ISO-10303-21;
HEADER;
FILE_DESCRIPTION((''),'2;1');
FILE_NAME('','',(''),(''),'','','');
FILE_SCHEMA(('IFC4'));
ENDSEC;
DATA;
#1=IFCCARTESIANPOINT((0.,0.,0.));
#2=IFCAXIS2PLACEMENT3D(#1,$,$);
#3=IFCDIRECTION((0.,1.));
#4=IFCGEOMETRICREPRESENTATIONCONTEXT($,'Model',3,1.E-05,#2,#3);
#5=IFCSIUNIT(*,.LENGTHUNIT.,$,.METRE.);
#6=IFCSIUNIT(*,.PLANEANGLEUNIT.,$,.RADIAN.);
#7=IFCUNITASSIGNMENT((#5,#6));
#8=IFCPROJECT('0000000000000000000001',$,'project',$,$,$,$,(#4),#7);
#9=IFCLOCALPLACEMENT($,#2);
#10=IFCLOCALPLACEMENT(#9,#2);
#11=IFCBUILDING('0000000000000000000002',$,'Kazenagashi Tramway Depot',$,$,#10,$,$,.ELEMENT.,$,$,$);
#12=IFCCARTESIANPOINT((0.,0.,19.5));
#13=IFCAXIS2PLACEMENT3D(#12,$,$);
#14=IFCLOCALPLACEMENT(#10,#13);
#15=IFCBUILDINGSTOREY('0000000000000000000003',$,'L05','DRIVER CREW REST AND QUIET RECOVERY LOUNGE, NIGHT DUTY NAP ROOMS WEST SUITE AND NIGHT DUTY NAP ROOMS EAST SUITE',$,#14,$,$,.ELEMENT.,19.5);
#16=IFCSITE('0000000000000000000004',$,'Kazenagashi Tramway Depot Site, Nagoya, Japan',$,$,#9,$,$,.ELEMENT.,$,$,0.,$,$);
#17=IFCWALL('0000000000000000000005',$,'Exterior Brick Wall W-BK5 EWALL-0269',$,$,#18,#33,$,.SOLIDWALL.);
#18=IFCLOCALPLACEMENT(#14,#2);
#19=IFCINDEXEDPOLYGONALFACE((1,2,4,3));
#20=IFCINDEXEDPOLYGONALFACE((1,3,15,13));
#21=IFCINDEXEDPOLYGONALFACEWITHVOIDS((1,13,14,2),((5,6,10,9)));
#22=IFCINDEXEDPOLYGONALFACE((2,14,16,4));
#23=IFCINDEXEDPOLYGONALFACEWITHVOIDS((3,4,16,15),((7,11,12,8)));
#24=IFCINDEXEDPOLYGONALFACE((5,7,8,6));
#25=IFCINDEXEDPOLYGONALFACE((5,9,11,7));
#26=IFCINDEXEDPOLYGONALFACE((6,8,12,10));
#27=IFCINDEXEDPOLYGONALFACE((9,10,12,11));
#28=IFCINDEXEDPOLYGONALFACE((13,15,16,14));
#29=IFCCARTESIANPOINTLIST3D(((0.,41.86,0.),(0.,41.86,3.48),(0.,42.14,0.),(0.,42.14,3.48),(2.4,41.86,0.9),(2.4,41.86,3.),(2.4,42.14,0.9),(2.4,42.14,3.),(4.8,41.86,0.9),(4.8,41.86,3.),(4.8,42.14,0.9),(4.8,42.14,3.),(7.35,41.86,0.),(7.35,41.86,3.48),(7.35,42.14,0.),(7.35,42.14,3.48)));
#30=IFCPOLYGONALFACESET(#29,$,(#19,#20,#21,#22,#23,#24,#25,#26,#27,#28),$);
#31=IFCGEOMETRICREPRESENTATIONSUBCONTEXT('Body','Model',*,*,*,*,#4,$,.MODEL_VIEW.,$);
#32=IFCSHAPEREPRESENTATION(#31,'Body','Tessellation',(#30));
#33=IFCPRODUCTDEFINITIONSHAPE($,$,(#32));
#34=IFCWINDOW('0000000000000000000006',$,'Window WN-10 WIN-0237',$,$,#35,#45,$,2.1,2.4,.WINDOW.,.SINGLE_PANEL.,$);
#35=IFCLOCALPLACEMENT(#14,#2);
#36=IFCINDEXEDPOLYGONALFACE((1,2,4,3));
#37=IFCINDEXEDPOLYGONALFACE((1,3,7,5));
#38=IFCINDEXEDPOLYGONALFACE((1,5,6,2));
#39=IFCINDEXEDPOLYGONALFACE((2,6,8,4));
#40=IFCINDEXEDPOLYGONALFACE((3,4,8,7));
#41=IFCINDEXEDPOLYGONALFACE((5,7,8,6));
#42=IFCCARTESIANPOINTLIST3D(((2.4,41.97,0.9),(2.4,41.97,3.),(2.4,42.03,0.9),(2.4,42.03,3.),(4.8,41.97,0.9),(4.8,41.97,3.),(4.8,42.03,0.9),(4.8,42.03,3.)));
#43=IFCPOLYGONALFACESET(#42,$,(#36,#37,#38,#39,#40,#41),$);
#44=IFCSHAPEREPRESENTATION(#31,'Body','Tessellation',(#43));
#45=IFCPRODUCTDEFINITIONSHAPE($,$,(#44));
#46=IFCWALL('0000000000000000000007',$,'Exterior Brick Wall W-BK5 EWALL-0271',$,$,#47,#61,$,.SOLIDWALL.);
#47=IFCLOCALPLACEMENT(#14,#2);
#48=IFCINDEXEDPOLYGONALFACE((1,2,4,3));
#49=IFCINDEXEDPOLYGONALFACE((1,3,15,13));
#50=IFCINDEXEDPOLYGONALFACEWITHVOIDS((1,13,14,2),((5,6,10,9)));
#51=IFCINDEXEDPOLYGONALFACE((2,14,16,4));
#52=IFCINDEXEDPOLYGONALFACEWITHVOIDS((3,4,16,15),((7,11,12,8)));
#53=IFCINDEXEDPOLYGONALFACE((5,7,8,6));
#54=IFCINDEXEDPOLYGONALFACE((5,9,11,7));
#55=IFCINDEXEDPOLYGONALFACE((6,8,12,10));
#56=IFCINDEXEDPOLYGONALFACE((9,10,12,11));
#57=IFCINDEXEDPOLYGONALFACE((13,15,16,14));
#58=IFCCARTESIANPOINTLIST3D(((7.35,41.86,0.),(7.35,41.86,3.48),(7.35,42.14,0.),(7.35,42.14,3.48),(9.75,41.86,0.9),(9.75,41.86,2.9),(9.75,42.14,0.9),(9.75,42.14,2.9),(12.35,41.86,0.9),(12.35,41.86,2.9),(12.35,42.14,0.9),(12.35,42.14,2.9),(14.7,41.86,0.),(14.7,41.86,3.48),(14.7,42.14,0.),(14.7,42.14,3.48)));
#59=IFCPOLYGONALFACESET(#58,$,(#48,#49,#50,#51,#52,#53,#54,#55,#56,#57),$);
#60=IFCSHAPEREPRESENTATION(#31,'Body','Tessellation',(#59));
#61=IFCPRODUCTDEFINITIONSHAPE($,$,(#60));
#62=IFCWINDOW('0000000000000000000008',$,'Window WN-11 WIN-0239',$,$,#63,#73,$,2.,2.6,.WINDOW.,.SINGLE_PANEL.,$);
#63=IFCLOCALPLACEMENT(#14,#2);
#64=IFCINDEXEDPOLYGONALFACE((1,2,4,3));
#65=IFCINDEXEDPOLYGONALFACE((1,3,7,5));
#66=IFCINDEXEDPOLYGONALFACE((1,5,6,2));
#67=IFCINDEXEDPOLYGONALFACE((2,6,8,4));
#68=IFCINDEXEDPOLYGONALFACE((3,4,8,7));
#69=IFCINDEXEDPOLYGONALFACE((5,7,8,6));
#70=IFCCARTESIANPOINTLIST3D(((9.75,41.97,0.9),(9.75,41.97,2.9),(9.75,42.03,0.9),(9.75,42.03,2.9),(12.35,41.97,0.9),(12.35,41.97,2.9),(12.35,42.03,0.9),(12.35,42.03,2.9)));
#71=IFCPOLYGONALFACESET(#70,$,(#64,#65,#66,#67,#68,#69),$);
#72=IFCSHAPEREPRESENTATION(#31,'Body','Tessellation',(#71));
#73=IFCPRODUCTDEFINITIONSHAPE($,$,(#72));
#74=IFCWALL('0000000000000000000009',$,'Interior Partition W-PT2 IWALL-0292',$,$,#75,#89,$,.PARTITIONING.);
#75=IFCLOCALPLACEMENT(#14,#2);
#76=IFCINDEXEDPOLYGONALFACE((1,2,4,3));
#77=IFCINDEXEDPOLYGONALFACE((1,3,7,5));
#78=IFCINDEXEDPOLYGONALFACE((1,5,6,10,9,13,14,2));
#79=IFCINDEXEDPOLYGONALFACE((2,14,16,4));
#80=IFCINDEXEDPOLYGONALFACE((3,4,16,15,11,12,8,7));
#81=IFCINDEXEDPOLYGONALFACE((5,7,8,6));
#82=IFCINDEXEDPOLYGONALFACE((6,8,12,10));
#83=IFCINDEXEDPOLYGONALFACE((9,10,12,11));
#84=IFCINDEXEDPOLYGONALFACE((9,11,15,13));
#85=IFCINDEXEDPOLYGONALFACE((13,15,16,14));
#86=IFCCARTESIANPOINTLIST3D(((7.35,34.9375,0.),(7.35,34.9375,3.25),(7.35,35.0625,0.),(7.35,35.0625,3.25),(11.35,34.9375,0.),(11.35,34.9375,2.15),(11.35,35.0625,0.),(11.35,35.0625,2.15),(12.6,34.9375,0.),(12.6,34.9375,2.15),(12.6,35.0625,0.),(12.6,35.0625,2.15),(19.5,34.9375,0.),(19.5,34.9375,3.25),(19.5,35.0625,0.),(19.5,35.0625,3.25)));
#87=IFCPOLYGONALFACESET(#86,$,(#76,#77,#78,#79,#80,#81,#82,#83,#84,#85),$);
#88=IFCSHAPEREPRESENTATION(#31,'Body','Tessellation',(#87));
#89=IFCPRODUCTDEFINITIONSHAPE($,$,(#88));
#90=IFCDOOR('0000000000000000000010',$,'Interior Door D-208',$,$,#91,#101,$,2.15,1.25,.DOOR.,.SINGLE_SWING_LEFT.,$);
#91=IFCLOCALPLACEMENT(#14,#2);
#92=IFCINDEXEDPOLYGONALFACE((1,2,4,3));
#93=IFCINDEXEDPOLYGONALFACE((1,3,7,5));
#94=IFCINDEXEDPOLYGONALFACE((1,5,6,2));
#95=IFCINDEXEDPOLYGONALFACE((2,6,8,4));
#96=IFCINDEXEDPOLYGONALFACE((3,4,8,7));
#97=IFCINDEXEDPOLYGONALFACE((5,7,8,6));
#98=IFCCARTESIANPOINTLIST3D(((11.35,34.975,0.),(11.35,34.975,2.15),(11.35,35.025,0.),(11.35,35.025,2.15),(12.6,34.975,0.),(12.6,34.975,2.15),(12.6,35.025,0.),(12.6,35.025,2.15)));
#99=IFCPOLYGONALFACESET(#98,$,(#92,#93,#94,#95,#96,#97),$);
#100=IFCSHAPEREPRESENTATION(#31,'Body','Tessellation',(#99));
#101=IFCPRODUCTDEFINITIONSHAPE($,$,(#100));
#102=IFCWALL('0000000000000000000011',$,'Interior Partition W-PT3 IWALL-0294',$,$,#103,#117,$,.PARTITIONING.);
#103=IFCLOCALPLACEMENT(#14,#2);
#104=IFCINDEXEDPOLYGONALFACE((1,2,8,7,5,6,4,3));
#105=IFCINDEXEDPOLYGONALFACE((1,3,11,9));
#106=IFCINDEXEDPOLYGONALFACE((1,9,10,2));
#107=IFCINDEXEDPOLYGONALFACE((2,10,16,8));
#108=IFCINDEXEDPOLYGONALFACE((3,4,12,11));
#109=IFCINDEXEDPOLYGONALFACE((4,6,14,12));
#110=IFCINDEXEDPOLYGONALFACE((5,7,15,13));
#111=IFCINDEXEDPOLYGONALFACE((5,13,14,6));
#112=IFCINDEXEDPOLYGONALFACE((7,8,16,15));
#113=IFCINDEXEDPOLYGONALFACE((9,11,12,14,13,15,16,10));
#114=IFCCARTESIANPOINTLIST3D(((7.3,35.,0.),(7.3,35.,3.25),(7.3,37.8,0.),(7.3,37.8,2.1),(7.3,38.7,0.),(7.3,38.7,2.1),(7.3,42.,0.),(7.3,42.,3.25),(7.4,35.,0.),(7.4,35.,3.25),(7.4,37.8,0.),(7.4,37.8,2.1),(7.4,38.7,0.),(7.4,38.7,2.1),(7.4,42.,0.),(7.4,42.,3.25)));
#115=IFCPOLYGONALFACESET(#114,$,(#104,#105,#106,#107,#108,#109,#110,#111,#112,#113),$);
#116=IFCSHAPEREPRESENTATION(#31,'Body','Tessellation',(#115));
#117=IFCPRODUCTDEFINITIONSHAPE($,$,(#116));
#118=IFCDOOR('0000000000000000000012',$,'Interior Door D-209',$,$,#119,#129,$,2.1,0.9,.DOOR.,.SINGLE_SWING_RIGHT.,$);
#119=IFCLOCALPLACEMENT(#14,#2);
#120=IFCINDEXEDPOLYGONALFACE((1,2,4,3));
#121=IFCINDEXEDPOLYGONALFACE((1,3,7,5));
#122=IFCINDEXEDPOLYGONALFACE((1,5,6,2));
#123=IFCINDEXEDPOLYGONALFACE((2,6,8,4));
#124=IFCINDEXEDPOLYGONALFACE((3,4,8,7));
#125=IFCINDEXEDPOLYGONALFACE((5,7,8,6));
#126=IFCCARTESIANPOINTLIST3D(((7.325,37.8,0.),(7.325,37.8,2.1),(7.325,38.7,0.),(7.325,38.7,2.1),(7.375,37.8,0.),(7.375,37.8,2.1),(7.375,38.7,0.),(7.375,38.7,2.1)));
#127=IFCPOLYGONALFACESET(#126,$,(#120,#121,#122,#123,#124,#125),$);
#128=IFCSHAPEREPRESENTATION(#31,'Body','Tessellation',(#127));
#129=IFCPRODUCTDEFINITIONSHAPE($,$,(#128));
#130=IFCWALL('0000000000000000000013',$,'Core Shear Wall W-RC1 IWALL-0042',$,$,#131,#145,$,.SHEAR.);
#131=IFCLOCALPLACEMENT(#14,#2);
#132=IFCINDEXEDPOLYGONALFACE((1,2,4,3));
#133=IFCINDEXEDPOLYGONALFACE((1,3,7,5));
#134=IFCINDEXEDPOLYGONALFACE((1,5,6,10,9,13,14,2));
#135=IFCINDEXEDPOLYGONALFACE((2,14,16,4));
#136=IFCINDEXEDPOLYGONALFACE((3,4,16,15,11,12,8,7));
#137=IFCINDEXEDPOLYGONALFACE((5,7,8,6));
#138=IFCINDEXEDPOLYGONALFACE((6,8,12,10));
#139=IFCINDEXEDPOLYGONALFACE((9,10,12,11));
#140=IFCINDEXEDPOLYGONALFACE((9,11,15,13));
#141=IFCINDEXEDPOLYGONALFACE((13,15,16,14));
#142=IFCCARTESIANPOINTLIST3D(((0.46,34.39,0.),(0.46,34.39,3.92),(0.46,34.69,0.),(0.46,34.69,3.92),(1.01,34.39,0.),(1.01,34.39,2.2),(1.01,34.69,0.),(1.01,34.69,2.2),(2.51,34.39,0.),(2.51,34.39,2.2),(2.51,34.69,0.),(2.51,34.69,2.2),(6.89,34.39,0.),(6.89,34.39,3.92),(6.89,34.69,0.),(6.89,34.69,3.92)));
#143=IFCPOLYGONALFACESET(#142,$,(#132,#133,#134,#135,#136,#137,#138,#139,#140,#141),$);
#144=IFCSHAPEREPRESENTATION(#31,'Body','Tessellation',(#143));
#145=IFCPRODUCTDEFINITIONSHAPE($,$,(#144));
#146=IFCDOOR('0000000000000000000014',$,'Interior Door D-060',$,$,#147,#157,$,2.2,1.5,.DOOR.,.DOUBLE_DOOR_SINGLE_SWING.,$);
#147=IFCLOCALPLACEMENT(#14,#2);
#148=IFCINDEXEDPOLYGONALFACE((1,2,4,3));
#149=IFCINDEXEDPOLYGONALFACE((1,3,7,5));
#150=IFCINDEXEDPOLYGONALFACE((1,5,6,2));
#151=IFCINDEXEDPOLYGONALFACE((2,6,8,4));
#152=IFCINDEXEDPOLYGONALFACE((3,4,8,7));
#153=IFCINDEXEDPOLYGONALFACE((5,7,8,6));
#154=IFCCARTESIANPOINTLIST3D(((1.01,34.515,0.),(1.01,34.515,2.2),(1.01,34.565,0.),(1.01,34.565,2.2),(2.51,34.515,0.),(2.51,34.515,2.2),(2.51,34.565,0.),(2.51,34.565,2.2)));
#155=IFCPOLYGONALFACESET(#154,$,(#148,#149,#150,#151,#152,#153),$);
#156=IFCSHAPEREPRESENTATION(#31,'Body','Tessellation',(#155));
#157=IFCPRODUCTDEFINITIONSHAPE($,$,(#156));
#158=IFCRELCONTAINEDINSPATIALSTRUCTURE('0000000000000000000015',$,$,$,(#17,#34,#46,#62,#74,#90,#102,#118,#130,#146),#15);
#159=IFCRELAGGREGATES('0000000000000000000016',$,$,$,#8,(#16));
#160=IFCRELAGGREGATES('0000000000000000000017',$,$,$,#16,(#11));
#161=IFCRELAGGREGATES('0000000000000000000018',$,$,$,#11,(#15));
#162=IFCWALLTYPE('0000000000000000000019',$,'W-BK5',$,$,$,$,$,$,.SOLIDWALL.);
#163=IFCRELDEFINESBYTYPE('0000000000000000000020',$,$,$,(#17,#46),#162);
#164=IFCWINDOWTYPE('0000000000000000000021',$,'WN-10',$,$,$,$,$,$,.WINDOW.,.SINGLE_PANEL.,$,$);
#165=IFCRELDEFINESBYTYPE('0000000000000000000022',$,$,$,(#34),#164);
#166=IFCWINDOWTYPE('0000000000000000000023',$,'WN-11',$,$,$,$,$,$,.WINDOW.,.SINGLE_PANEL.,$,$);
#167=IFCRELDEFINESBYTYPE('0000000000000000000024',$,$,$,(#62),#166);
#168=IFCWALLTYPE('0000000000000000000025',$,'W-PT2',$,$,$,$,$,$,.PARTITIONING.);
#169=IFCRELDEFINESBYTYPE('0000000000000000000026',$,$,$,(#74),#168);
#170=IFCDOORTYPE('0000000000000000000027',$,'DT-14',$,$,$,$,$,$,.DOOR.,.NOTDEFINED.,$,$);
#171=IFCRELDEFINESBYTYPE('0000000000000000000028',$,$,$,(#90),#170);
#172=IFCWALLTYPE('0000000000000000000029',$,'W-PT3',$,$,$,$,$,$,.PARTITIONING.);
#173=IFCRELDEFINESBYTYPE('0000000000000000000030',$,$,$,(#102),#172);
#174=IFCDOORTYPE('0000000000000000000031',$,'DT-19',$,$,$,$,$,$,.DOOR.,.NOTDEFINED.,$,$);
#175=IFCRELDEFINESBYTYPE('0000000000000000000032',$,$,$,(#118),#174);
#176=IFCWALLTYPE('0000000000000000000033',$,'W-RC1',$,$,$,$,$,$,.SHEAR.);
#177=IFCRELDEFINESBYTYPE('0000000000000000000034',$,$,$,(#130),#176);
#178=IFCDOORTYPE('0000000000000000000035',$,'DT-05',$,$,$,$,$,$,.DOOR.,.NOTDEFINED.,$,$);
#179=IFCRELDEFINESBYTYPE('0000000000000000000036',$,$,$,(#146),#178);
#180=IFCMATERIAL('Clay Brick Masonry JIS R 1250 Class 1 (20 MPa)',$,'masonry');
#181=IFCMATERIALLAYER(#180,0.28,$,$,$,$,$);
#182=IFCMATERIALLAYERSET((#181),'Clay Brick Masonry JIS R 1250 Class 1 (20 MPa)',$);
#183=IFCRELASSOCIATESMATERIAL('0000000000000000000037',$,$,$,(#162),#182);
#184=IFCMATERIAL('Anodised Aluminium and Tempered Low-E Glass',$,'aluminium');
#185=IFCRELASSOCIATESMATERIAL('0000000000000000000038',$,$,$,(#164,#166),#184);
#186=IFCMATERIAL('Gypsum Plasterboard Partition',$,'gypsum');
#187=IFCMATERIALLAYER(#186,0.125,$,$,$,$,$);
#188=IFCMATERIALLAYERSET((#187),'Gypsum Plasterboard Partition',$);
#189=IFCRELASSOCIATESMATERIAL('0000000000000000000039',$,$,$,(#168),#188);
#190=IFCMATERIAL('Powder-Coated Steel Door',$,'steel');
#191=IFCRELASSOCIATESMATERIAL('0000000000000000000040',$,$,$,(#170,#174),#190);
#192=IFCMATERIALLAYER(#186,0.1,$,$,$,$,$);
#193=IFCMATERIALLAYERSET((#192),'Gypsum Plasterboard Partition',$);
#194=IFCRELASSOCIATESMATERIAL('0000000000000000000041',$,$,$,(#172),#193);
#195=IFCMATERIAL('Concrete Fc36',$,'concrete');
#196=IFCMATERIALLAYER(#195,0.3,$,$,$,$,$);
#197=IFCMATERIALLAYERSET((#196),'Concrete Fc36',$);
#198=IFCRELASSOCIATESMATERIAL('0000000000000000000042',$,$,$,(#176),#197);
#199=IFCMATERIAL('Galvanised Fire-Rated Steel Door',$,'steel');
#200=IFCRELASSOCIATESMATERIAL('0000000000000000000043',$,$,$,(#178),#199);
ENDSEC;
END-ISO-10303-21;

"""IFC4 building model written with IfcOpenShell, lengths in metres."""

from ifc_helpers import new_model, si_unit, direction, frame, frame_2d, origin, place, context, subcontext, project, spatial, rectangle, extrude, material, layer, layer_set, type_object, element, fill, save


model = new_model("IFC4")

# Units and contexts
model_context = context("Model", 3, precision=1e-05, world=origin(), true_north=direction((0.0, 1.0)))
body_context = subcontext(model_context, "Body", "Model", "MODEL_VIEW")
ifc_project = project(units=[si_unit("LENGTHUNIT", "METRE"), si_unit("PLANEANGLEUNIT", "RADIAN")], contexts=[model_context])

# Site, building, storey
site_placement = place(None, origin())
site = spatial("IfcSite", under=ifc_project, at=site_placement, Name="Kazenagashi Tramway Depot Site, Nagoya, Japan", CompositionType="ELEMENT", RefElevation=0.0)
building_placement = place(site_placement, origin())
building = spatial("IfcBuilding", under=site, at=building_placement, Name="Kazenagashi Tramway Depot", CompositionType="ELEMENT")
storey_placement = place(building_placement, frame((0.0, 0.0, 19.5)))
storey = spatial("IfcBuildingStorey", under=building, at=storey_placement, Name="L05", Description="DRIVER CREW REST AND QUIET RECOVERY LOUNGE, NIGHT DUTY NAP ROOMS WEST SUITE AND NIGHT DUTY NAP ROOMS EAST SUITE", CompositionType="ELEMENT", Elevation=19.5)

# Walls, openings, windows
ifc_material_1 = material(Name="Clay Brick Masonry JIS R 1250 Class 1 (20 MPa)", Category="masonry")
ifc_material_2 = material(Name="Anodised Aluminium and Tempered Low-E Glass", Category="aluminium")
ifc_layer_1 = layer(ifc_material_1, 0.28)
ifc_layer_set_1 = layer_set([ifc_layer_1], Name="Clay Brick Masonry JIS R 1250 Class 1 (20 MPa)")
wall_type_1 = type_object("IfcWallType", Name="W-BK5", PredefinedType="SOLIDWALL", material=ifc_layer_set_1)
wall_1_placement = place(storey_placement, frame((0.0, 42.0, 0.0), z_axis=(0.0, 0.0, 1.0), x_axis=(1.0, 0.0, 0.0)))
wall_1 = element("IfcWall", 1, at=wall_1_placement, inside=storey, type_object=wall_type_1, Name="Exterior Brick Wall W-BK5 EWALL-0269", PredefinedType="SOLIDWALL", context=body_context, shape_type="SweptSolid", body=[
    extrude(rectangle(XDim=7.35, YDim=0.28, at=frame_2d((3.675, 0.0))), origin(), (0.0, 0.0, 1.0), 3.48),
])
opening_1_placement = place(wall_1_placement, frame((2.4, 0.0, 0.9)))
opening_1 = element("IfcOpeningElement", 2, at=opening_1_placement, cuts=wall_1, PredefinedType="OPENING", context=body_context, shape_type="SweptSolid", body=[
    extrude(rectangle(XDim=2.4, YDim=2.1, at=frame_2d((1.2, 1.05))), frame((0.0, 0.15, 0.0), z_axis=(0.0, -1.0, 0.0), x_axis=(1.0, 0.0, 0.0)), (0.0, 0.0, 1.0), 0.3),
])
window_type_1 = type_object("IfcWindowType", Name="WN-10", PartitioningType="SINGLE_PANEL", PredefinedType="WINDOW", material=ifc_material_2)
window_1_placement = place(opening_1_placement, origin())
window_1 = element("IfcWindow", 3, at=window_1_placement, inside=storey, type_object=window_type_1, Name="Window WN-10 WIN-0237", OverallHeight=2.1, OverallWidth=2.4, PartitioningType="SINGLE_PANEL", PredefinedType="WINDOW", context=body_context, shape_type="SweptSolid", body=[
    extrude(rectangle(XDim=2.4, YDim=2.1, at=frame_2d((1.2, 1.05))), frame((0.0, 0.03, 0.0), z_axis=(0.0, -1.0, 0.0), x_axis=(1.0, 0.0, 0.0)), (0.0, 0.0, 1.0), 0.06),
])
fill(opening_1, window_1)
wall_2_placement = place(storey_placement, frame((7.35, 42.0, 0.0), z_axis=(0.0, 0.0, 1.0), x_axis=(1.0, 0.0, 0.0)))
wall_2 = element("IfcWall", 4, at=wall_2_placement, inside=storey, type_object=wall_type_1, Name="Exterior Brick Wall W-BK5 EWALL-0271", PredefinedType="SOLIDWALL", context=body_context, shape_type="SweptSolid", body=[
    extrude(rectangle(XDim=7.35, YDim=0.28, at=frame_2d((3.675, 0.0))), origin(), (0.0, 0.0, 1.0), 3.48),
])
opening_2_placement = place(wall_2_placement, frame((2.4, 0.0, 0.9)))
opening_2 = element("IfcOpeningElement", 5, at=opening_2_placement, cuts=wall_2, PredefinedType="OPENING", context=body_context, shape_type="SweptSolid", body=[
    extrude(rectangle(XDim=2.6, YDim=2.0, at=frame_2d((1.3, 1.0))), frame((0.0, 0.15, 0.0), z_axis=(0.0, -1.0, 0.0), x_axis=(1.0, 0.0, 0.0)), (0.0, 0.0, 1.0), 0.3),
])
window_type_2 = type_object("IfcWindowType", Name="WN-11", PartitioningType="SINGLE_PANEL", PredefinedType="WINDOW", material=ifc_material_2)
window_2_placement = place(opening_2_placement, origin())
window_2 = element("IfcWindow", 6, at=window_2_placement, inside=storey, type_object=window_type_2, Name="Window WN-11 WIN-0239", OverallHeight=2.0, OverallWidth=2.6, PartitioningType="SINGLE_PANEL", PredefinedType="WINDOW", context=body_context, shape_type="SweptSolid", body=[
    extrude(rectangle(XDim=2.6, YDim=2.0, at=frame_2d((1.3, 1.0))), frame((0.0, 0.03, 0.0), z_axis=(0.0, -1.0, 0.0), x_axis=(1.0, 0.0, 0.0)), (0.0, 0.0, 1.0), 0.06),
])
fill(opening_2, window_2)

# Walls, openings, doors
ifc_material_3 = material(Name="Gypsum Plasterboard Partition", Category="gypsum")
ifc_layer_2 = layer(ifc_material_3, 0.125)
ifc_layer_set_2 = layer_set([ifc_layer_2], Name="Gypsum Plasterboard Partition")
wall_type_2 = type_object("IfcWallType", Name="W-PT2", PredefinedType="PARTITIONING", material=ifc_layer_set_2)
wall_3_placement = place(storey_placement, frame((7.35, 35.0, 0.0), z_axis=(0.0, 0.0, 1.0), x_axis=(1.0, 0.0, 0.0)))
wall_3 = element("IfcWall", 7, at=wall_3_placement, inside=storey, type_object=wall_type_2, Name="Interior Partition W-PT2 IWALL-0292", PredefinedType="PARTITIONING", context=body_context, shape_type="SweptSolid", body=[
    extrude(rectangle(XDim=12.15, YDim=0.125, at=frame_2d((6.075, 0.0))), origin(), (0.0, 0.0, 1.0), 3.25),
])
opening_3_placement = place(wall_3_placement, frame((4.0, 0.0, 0.0)))
opening_3 = element("IfcOpeningElement", 8, at=opening_3_placement, cuts=wall_3, PredefinedType="OPENING", context=body_context, shape_type="SweptSolid", body=[
    extrude(rectangle(XDim=1.25, YDim=2.15, at=frame_2d((0.625, 1.075))), frame((0.0, 0.0725, 0.0), z_axis=(0.0, -1.0, 0.0), x_axis=(1.0, 0.0, 0.0)), (0.0, 0.0, 1.0), 0.145),
])
ifc_material_4 = material(Name="Powder-Coated Steel Door", Category="steel")
door_type_1 = type_object("IfcDoorType", Name="DT-14", OperationType="NOTDEFINED", PredefinedType="DOOR", material=ifc_material_4)
door_1_placement = place(opening_3_placement, origin())
door_1 = element("IfcDoor", 9, at=door_1_placement, inside=storey, type_object=door_type_1, Name="Interior Door D-208", OperationType="SINGLE_SWING_LEFT", OverallHeight=2.15, OverallWidth=1.25, PredefinedType="DOOR", context=body_context, shape_type="SweptSolid", body=[
    extrude(rectangle(XDim=1.25, YDim=2.15, at=frame_2d((0.625, 1.075))), frame((0.0, 0.025, 0.0), z_axis=(0.0, -1.0, 0.0), x_axis=(1.0, 0.0, 0.0)), (0.0, 0.0, 1.0), 0.05),
])
fill(opening_3, door_1)
ifc_layer_3 = layer(ifc_material_3, 0.1)
ifc_layer_set_3 = layer_set([ifc_layer_3], Name="Gypsum Plasterboard Partition")
wall_type_3 = type_object("IfcWallType", Name="W-PT3", PredefinedType="PARTITIONING", material=ifc_layer_set_3)
wall_4_placement = place(storey_placement, frame((7.35, 35.0, 0.0), z_axis=(0.0, 0.0, 1.0), x_axis=(0.0, 1.0, 0.0)))
wall_4 = element("IfcWall", 10, at=wall_4_placement, inside=storey, type_object=wall_type_3, Name="Interior Partition W-PT3 IWALL-0294", PredefinedType="PARTITIONING", context=body_context, shape_type="SweptSolid", body=[
    extrude(rectangle(XDim=7.0, YDim=0.1, at=frame_2d((3.5, 0.0))), origin(), (0.0, 0.0, 1.0), 3.25),
])
opening_4_placement = place(wall_4_placement, frame((2.8, 0.0, 0.0)))
opening_4 = element("IfcOpeningElement", 11, at=opening_4_placement, cuts=wall_4, PredefinedType="OPENING", context=body_context, shape_type="SweptSolid", body=[
    extrude(rectangle(XDim=0.9, YDim=2.1, at=frame_2d((0.45, 1.05))), frame((0.0, 0.06, 0.0), z_axis=(0.0, -1.0, 0.0), x_axis=(1.0, 0.0, 0.0)), (0.0, 0.0, 1.0), 0.12),
])
door_type_2 = type_object("IfcDoorType", Name="DT-19", OperationType="NOTDEFINED", PredefinedType="DOOR", material=ifc_material_4)
door_2_placement = place(opening_4_placement, origin())
door_2 = element("IfcDoor", 12, at=door_2_placement, inside=storey, type_object=door_type_2, Name="Interior Door D-209", OperationType="SINGLE_SWING_RIGHT", OverallHeight=2.1, OverallWidth=0.9, PredefinedType="DOOR", context=body_context, shape_type="SweptSolid", body=[
    extrude(rectangle(XDim=0.9, YDim=2.1, at=frame_2d((0.45, 1.05))), frame((0.0, 0.025, 0.0), z_axis=(0.0, -1.0, 0.0), x_axis=(1.0, 0.0, 0.0)), (0.0, 0.0, 1.0), 0.05),
])
fill(opening_4, door_2)
ifc_material_5 = material(Name="Concrete Fc36", Category="concrete")
ifc_layer_4 = layer(ifc_material_5, 0.3)
ifc_layer_set_4 = layer_set([ifc_layer_4], Name="Concrete Fc36")
wall_type_4 = type_object("IfcWallType", Name="W-RC1", PredefinedType="SHEAR", material=ifc_layer_set_4)
wall_5_placement = place(storey_placement, frame((0.46, 34.54, 0.0), z_axis=(0.0, 0.0, 1.0), x_axis=(1.0, 0.0, 0.0)))
wall_5 = element("IfcWall", 13, at=wall_5_placement, inside=storey, type_object=wall_type_4, Name="Core Shear Wall W-RC1 IWALL-0042", PredefinedType="SHEAR", context=body_context, shape_type="SweptSolid", body=[
    extrude(rectangle(XDim=6.43, YDim=0.3, at=frame_2d((3.215, 0.0))), origin(), (0.0, 0.0, 1.0), 3.92),
])
opening_5_placement = place(wall_5_placement, frame((0.55, 0.0, 0.0)))
opening_5 = element("IfcOpeningElement", 14, at=opening_5_placement, cuts=wall_5, PredefinedType="OPENING", context=body_context, shape_type="SweptSolid", body=[
    extrude(rectangle(XDim=1.5, YDim=2.2, at=frame_2d((0.75, 1.1))), frame((0.0, 0.16, 0.0), z_axis=(0.0, -1.0, 0.0), x_axis=(1.0, 0.0, 0.0)), (0.0, 0.0, 1.0), 0.32),
])
ifc_material_6 = material(Name="Galvanised Fire-Rated Steel Door", Category="steel")
door_type_3 = type_object("IfcDoorType", Name="DT-05", OperationType="NOTDEFINED", PredefinedType="DOOR", material=ifc_material_6)
door_3_placement = place(opening_5_placement, origin())
door_3 = element("IfcDoor", 15, at=door_3_placement, inside=storey, type_object=door_type_3, Name="Interior Door D-060", OperationType="DOUBLE_DOOR_SINGLE_SWING", OverallHeight=2.2, OverallWidth=1.5, PredefinedType="DOOR", context=body_context, shape_type="SweptSolid", body=[
    extrude(rectangle(XDim=1.5, YDim=2.2, at=frame_2d((0.75, 1.1))), frame((0.0, 0.025, 0.0), z_axis=(0.0, -1.0, 0.0), x_axis=(1.0, 0.0, 0.0)), (0.0, 0.0, 1.0), 0.05),
])
fill(opening_5, door_3)

save(model, "model.ifc")
